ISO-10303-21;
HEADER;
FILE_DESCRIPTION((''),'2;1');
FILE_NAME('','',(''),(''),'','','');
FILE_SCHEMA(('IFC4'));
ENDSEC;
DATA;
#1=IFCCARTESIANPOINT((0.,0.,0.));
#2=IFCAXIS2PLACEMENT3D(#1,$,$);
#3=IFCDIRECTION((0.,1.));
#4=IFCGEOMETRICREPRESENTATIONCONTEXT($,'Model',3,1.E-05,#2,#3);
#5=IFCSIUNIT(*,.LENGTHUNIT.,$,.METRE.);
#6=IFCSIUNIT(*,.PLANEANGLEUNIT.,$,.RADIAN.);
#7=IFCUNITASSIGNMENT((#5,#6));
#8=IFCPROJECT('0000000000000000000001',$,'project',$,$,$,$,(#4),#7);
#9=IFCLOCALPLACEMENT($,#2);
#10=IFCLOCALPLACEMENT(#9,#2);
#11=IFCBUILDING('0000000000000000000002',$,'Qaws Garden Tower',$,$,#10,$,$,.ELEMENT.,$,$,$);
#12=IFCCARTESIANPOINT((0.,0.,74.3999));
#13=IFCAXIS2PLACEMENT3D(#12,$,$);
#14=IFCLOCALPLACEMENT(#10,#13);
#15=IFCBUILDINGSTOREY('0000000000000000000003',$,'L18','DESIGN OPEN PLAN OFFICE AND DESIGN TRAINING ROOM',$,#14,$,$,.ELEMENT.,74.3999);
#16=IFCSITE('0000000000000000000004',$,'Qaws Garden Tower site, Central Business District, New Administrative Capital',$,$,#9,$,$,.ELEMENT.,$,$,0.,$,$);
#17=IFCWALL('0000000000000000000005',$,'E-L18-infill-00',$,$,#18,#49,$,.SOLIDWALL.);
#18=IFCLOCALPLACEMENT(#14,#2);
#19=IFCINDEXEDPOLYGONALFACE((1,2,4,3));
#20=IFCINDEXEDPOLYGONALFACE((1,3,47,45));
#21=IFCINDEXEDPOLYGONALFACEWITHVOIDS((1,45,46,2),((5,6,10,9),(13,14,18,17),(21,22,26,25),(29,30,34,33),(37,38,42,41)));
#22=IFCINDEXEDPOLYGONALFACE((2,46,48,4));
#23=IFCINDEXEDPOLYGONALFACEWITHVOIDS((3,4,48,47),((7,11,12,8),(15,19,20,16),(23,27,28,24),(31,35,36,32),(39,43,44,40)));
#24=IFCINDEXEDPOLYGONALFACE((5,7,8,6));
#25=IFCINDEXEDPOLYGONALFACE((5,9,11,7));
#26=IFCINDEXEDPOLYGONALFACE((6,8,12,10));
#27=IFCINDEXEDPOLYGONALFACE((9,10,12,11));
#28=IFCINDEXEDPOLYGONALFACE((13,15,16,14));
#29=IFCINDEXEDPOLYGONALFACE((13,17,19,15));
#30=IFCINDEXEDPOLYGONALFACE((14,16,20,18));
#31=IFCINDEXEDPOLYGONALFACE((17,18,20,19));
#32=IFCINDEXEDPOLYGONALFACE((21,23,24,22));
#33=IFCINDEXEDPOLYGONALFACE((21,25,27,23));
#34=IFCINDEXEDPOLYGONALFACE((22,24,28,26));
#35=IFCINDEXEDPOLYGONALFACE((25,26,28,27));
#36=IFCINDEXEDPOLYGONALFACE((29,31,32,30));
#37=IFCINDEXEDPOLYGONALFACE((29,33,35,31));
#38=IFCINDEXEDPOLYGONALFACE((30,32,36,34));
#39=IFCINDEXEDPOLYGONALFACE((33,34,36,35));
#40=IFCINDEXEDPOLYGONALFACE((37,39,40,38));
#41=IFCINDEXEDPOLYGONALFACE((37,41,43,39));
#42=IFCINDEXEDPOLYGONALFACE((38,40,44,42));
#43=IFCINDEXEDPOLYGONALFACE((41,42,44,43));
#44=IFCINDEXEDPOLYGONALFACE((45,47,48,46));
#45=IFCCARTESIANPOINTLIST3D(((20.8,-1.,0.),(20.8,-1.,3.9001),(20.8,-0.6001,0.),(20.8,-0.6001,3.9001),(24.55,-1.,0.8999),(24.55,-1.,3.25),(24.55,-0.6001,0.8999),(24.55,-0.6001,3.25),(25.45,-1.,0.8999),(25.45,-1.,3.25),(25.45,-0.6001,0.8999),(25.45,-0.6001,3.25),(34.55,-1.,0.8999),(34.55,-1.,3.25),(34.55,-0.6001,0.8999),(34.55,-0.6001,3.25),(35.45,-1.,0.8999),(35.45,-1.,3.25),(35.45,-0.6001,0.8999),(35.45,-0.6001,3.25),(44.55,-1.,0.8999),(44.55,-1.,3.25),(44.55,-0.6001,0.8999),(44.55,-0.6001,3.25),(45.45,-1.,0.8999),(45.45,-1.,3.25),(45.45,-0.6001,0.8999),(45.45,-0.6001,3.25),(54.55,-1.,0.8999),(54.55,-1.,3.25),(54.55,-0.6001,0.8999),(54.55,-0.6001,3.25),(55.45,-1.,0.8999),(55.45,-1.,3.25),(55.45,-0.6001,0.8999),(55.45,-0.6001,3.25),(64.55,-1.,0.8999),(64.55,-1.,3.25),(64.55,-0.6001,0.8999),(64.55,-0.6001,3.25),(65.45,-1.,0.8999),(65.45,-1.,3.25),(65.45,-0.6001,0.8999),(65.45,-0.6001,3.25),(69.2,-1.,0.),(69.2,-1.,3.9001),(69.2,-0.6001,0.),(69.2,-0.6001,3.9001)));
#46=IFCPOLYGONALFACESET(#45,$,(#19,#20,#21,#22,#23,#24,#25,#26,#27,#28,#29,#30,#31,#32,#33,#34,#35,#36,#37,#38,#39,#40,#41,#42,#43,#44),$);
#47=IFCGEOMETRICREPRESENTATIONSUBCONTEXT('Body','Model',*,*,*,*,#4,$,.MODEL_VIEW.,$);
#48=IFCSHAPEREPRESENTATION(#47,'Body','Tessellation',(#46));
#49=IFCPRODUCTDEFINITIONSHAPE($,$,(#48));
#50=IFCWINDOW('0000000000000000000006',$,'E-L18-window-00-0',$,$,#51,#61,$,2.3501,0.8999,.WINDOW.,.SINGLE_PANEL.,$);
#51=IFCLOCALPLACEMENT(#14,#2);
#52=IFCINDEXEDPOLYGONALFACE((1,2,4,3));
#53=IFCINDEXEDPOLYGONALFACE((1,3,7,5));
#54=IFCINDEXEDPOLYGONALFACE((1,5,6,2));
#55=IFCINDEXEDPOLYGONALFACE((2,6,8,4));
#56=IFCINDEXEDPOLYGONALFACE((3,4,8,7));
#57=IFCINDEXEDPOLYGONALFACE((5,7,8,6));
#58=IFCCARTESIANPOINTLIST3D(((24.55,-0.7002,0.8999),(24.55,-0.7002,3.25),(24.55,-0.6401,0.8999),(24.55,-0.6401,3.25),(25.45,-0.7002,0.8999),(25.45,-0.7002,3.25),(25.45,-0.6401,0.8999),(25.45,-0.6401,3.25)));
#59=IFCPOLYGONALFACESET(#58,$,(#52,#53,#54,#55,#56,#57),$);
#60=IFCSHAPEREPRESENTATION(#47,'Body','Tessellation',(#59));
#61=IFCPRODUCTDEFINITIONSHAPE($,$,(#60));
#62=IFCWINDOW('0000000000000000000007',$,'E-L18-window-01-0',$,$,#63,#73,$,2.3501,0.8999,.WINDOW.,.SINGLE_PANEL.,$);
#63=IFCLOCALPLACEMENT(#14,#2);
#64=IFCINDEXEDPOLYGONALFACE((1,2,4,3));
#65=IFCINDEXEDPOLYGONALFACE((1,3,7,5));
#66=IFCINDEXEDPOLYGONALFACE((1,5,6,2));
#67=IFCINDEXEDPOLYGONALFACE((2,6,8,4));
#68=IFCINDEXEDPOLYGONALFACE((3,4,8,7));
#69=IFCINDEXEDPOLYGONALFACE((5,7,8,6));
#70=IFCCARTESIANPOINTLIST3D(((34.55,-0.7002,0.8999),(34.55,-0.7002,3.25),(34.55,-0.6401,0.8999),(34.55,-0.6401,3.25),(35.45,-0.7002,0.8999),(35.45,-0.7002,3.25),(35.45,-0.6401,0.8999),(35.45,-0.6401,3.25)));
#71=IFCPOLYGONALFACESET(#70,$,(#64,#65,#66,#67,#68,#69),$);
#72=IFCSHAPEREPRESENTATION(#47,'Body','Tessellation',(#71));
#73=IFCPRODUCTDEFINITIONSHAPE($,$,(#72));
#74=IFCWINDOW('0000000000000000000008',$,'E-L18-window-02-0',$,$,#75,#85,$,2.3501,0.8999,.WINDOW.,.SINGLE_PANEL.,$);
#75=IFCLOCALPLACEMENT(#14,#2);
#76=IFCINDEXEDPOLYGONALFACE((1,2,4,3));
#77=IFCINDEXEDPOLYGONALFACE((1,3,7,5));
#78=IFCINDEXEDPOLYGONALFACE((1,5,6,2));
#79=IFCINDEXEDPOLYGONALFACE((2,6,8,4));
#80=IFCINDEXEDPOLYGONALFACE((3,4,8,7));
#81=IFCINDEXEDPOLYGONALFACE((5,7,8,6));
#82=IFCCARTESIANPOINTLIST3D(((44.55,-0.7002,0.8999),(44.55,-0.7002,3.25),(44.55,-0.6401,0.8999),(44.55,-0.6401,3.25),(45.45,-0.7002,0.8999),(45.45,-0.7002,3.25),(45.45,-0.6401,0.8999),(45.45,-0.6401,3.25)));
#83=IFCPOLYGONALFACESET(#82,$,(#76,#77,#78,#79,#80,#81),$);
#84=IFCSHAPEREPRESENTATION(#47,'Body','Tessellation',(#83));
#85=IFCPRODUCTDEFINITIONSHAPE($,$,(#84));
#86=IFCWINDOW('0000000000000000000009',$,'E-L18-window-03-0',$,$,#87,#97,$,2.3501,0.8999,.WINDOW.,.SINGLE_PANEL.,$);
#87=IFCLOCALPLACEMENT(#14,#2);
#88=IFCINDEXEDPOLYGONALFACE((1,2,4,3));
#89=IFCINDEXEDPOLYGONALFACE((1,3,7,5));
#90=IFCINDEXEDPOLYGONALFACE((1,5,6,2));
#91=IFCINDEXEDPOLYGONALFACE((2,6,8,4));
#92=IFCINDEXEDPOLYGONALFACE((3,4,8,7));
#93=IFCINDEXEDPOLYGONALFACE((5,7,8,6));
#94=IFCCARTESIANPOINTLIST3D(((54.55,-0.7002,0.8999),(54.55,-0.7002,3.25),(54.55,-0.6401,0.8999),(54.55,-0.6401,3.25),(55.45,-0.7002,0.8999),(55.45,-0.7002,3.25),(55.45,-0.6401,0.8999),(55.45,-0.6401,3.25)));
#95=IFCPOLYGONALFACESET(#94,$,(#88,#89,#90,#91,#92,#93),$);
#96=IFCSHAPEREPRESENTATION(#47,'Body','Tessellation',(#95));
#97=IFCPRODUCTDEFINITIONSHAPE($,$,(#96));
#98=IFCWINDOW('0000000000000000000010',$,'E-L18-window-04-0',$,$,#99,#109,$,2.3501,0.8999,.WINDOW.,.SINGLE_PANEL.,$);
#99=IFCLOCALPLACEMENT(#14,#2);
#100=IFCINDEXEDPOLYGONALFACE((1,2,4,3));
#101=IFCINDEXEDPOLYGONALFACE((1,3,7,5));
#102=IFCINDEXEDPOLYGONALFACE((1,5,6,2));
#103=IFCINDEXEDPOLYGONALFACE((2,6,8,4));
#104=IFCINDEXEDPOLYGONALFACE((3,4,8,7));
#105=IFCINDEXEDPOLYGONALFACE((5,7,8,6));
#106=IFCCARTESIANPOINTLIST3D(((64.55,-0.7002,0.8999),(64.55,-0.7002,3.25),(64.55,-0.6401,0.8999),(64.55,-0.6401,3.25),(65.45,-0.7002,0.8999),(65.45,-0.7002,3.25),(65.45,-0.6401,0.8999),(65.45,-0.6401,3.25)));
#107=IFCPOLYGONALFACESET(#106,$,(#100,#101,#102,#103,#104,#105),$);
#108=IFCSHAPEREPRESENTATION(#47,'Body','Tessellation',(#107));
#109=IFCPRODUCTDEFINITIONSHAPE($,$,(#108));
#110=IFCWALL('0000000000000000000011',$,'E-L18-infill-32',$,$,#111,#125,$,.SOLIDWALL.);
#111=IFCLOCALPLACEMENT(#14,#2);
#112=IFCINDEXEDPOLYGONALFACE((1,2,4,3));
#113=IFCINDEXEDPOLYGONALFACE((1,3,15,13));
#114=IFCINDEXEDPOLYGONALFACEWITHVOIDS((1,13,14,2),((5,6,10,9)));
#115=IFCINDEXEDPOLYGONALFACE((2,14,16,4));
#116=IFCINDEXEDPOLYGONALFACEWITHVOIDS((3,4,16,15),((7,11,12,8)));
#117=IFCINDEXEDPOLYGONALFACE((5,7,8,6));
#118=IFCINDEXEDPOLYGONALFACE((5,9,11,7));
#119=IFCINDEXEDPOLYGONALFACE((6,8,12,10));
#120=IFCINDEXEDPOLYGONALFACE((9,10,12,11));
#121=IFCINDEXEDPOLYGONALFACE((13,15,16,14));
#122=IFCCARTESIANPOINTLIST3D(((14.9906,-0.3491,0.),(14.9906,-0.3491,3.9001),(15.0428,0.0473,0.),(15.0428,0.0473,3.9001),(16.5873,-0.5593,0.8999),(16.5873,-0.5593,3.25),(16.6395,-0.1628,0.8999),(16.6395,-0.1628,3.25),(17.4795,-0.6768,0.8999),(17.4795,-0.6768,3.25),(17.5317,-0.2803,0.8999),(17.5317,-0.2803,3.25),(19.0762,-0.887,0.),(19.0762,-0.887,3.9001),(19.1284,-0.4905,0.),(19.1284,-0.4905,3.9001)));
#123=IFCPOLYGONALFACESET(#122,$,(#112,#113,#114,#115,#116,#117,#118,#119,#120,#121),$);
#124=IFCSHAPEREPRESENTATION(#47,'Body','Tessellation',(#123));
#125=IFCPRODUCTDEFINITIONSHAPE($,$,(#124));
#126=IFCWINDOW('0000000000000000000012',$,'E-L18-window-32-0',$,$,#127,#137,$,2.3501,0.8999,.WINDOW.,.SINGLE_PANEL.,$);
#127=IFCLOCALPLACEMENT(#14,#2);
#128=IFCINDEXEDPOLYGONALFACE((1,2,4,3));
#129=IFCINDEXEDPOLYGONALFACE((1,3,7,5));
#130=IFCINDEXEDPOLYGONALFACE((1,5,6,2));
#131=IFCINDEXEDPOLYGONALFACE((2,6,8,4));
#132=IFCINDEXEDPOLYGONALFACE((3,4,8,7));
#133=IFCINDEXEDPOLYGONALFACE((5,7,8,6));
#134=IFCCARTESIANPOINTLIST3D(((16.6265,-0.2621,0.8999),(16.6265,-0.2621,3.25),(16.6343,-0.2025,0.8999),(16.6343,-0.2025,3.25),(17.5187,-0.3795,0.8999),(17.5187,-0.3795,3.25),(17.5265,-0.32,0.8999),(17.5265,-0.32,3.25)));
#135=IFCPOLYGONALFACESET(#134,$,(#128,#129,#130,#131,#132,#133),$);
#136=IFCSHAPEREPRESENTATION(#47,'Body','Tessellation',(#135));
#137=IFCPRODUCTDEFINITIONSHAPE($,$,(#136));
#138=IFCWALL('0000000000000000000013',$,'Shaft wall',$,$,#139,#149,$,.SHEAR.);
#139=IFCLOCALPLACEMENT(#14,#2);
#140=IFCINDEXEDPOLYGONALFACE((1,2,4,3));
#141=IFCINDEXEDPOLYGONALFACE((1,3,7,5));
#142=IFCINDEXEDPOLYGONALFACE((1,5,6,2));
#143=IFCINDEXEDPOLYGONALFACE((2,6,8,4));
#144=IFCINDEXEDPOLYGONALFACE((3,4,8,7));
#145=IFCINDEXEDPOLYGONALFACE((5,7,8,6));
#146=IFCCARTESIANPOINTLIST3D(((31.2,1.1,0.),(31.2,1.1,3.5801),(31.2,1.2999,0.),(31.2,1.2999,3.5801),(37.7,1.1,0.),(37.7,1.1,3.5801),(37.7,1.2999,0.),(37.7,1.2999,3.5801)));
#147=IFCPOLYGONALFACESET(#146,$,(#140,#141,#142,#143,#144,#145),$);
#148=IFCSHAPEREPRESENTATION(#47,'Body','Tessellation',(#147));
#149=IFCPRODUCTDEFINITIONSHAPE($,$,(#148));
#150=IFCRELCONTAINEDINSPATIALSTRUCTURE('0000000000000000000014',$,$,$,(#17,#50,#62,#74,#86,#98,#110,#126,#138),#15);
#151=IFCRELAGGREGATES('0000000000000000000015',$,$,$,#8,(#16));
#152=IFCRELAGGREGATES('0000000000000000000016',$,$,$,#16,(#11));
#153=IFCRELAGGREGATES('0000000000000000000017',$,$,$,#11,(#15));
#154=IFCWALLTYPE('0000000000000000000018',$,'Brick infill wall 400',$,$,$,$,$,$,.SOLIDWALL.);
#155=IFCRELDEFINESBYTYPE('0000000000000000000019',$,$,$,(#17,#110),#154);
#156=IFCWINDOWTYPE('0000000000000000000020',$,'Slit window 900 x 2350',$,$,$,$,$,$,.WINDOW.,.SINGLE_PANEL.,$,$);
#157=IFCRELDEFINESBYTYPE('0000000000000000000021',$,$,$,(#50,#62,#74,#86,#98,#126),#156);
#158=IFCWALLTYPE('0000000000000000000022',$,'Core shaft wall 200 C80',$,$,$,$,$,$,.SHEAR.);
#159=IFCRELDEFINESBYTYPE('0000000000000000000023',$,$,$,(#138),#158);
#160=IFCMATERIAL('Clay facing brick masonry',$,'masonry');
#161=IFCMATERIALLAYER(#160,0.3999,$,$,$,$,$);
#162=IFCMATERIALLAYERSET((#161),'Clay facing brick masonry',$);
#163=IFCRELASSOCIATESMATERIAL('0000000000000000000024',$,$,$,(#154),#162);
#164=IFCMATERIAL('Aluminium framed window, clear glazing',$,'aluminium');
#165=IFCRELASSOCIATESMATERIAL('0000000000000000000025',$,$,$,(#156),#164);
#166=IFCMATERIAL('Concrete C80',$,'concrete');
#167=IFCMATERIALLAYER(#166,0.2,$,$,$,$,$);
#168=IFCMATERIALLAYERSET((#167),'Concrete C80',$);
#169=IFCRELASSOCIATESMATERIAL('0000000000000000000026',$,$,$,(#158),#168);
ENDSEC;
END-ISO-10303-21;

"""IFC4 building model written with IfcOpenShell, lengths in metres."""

from ifc_helpers import new_model, si_unit, direction, frame, frame_2d, origin, place, context, subcontext, project, spatial, rectangle, extrude, material, layer, layer_set, type_object, element, fill, save


model = new_model("IFC4")

# Units and contexts
model_context = context("Model", 3, precision=1e-05, world=origin(), true_north=direction((0.0, 1.0)))
body_context = subcontext(model_context, "Body", "Model", "MODEL_VIEW")
ifc_project = project(units=[si_unit("LENGTHUNIT", "METRE"), si_unit("PLANEANGLEUNIT", "RADIAN")], contexts=[model_context])

# Site, building, storey
site_placement = place(None, origin())
site = spatial("IfcSite", under=ifc_project, at=site_placement, Name="Qaws Garden Tower site, Central Business District, New Administrative Capital", CompositionType="ELEMENT", RefElevation=0.0)
building_placement = place(site_placement, origin())
building = spatial("IfcBuilding", under=site, at=building_placement, Name="Qaws Garden Tower", CompositionType="ELEMENT")
storey_placement = place(building_placement, frame((0.0, 0.0, 74.3999)))
storey = spatial("IfcBuildingStorey", under=building, at=storey_placement, Name="L18", Description="DESIGN OPEN PLAN OFFICE AND DESIGN TRAINING ROOM", CompositionType="ELEMENT", Elevation=74.3999)

# Wall, openings, windows
ifc_material_1 = material(Name="Clay facing brick masonry", Category="masonry")
ifc_layer_1 = layer(ifc_material_1, 0.3999)
ifc_layer_set_1 = layer_set([ifc_layer_1], Name="Clay facing brick masonry")
wall_type_1 = type_object("IfcWallType", Name="Brick infill wall 400", PredefinedType="SOLIDWALL", material=ifc_layer_set_1)
wall_1_placement = place(storey_placement, frame((20.8, -0.8, 0.0), z_axis=(0.0, 0.0, 1.0), x_axis=(1.0, 0.0, 0.0)))
wall_1 = element("IfcWall", 1, at=wall_1_placement, inside=storey, type_object=wall_type_1, Name="E-L18-infill-00", PredefinedType="SOLIDWALL", context=body_context, shape_type="SweptSolid", body=[
    extrude(rectangle(XDim=48.3999, YDim=0.3999, at=frame_2d((24.2, 0.0))), origin(), (0.0, 0.0, 1.0), 3.9001),
])
opening_1_placement = place(wall_1_placement, frame((3.75, 0.0, 0.8999)))
opening_1 = element("IfcOpeningElement", 2, at=opening_1_placement, cuts=wall_1, PredefinedType="OPENING", context=body_context, shape_type="SweptSolid", body=[
    extrude(rectangle(XDim=0.8999, YDim=2.3501, at=frame_2d((0.45, 1.175))), frame((0.0, 0.21, 0.0), z_axis=(0.0, -1.0, 0.0), x_axis=(1.0, 0.0, 0.0)), (0.0, 0.0, 1.0), 0.4199),
])
opening_2_placement = place(wall_1_placement, frame((13.75, 0.0, 0.8999)))
opening_2 = element("IfcOpeningElement", 3, at=opening_2_placement, cuts=wall_1, PredefinedType="OPENING", context=body_context, shape_type="SweptSolid", body=[
    extrude(rectangle(XDim=0.8999, YDim=2.3501, at=frame_2d((0.45, 1.175))), frame((0.0, 0.21, 0.0), z_axis=(0.0, -1.0, 0.0), x_axis=(1.0, 0.0, 0.0)), (0.0, 0.0, 1.0), 0.4199),
])
opening_3_placement = place(wall_1_placement, frame((23.75, 0.0, 0.8999)))
opening_3 = element("IfcOpeningElement", 4, at=opening_3_placement, cuts=wall_1, PredefinedType="OPENING", context=body_context, shape_type="SweptSolid", body=[
    extrude(rectangle(XDim=0.8999, YDim=2.3501, at=frame_2d((0.45, 1.175))), frame((0.0, 0.21, 0.0), z_axis=(0.0, -1.0, 0.0), x_axis=(1.0, 0.0, 0.0)), (0.0, 0.0, 1.0), 0.4199),
])
opening_4_placement = place(wall_1_placement, frame((33.75, 0.0, 0.8999)))
opening_4 = element("IfcOpeningElement", 5, at=opening_4_placement, cuts=wall_1, PredefinedType="OPENING", context=body_context, shape_type="SweptSolid", body=[
    extrude(rectangle(XDim=0.8999, YDim=2.3501, at=frame_2d((0.45, 1.175))), frame((0.0, 0.21, 0.0), z_axis=(0.0, -1.0, 0.0), x_axis=(1.0, 0.0, 0.0)), (0.0, 0.0, 1.0), 0.4199),
])
opening_5_placement = place(wall_1_placement, frame((43.75, 0.0, 0.8999)))
opening_5 = element("IfcOpeningElement", 6, at=opening_5_placement, cuts=wall_1, PredefinedType="OPENING", context=body_context, shape_type="SweptSolid", body=[
    extrude(rectangle(XDim=0.8999, YDim=2.3501, at=frame_2d((0.45, 1.175))), frame((0.0, 0.21, 0.0), z_axis=(0.0, -1.0, 0.0), x_axis=(1.0, 0.0, 0.0)), (0.0, 0.0, 1.0), 0.4199),
])
ifc_material_2 = material(Name="Aluminium framed window, clear glazing", Category="aluminium")
window_type = type_object("IfcWindowType", Name="Slit window 900 x 2350", PartitioningType="SINGLE_PANEL", PredefinedType="WINDOW", material=ifc_material_2)
window_1_placement = place(opening_1_placement, origin())
window_1 = element("IfcWindow", 7, at=window_1_placement, inside=storey, type_object=window_type, Name="E-L18-window-00-0", OverallHeight=2.3501, OverallWidth=0.8999, PartitioningType="SINGLE_PANEL", PredefinedType="WINDOW", context=body_context, shape_type="SweptSolid", body=[
    extrude(rectangle(XDim=0.8999, YDim=2.3501, at=frame_2d((0.45, 1.175))), frame((0.0, 0.1599, 0.0), z_axis=(0.0, -1.0, 0.0), x_axis=(1.0, 0.0, 0.0)), (0.0, 0.0, 1.0), 0.0601),
])
fill(opening_1, window_1)
window_2_placement = place(opening_2_placement, origin())
window_2 = element("IfcWindow", 8, at=window_2_placement, inside=storey, type_object=window_type, Name="E-L18-window-01-0", OverallHeight=2.3501, OverallWidth=0.8999, PartitioningType="SINGLE_PANEL", PredefinedType="WINDOW", context=body_context, shape_type="SweptSolid", body=[
    extrude(rectangle(XDim=0.8999, YDim=2.3501, at=frame_2d((0.45, 1.175))), frame((0.0, 0.1599, 0.0), z_axis=(0.0, -1.0, 0.0), x_axis=(1.0, 0.0, 0.0)), (0.0, 0.0, 1.0), 0.0601),
])
fill(opening_2, window_2)
window_3_placement = place(opening_3_placement, origin())
window_3 = element("IfcWindow", 9, at=window_3_placement, inside=storey, type_object=window_type, Name="E-L18-window-02-0", OverallHeight=2.3501, OverallWidth=0.8999, PartitioningType="SINGLE_PANEL", PredefinedType="WINDOW", context=body_context, shape_type="SweptSolid", body=[
    extrude(rectangle(XDim=0.8999, YDim=2.3501, at=frame_2d((0.45, 1.175))), frame((0.0, 0.1599, 0.0), z_axis=(0.0, -1.0, 0.0), x_axis=(1.0, 0.0, 0.0)), (0.0, 0.0, 1.0), 0.0601),
])
fill(opening_3, window_3)
window_4_placement = place(opening_4_placement, origin())
window_4 = element("IfcWindow", 10, at=window_4_placement, inside=storey, type_object=window_type, Name="E-L18-window-03-0", OverallHeight=2.3501, OverallWidth=0.8999, PartitioningType="SINGLE_PANEL", PredefinedType="WINDOW", context=body_context, shape_type="SweptSolid", body=[
    extrude(rectangle(XDim=0.8999, YDim=2.3501, at=frame_2d((0.45, 1.175))), frame((0.0, 0.1599, 0.0), z_axis=(0.0, -1.0, 0.0), x_axis=(1.0, 0.0, 0.0)), (0.0, 0.0, 1.0), 0.0601),
])
fill(opening_4, window_4)
window_5_placement = place(opening_5_placement, origin())
window_5 = element("IfcWindow", 11, at=window_5_placement, inside=storey, type_object=window_type, Name="E-L18-window-04-0", OverallHeight=2.3501, OverallWidth=0.8999, PartitioningType="SINGLE_PANEL", PredefinedType="WINDOW", context=body_context, shape_type="SweptSolid", body=[
    extrude(rectangle(XDim=0.8999, YDim=2.3501, at=frame_2d((0.45, 1.175))), frame((0.0, 0.1599, 0.0), z_axis=(0.0, -1.0, 0.0), x_axis=(1.0, 0.0, 0.0)), (0.0, 0.0, 1.0), 0.0601),
])
fill(opening_5, window_5)

# Wall, opening, window
wall_2_placement = place(storey_placement, frame((15.0166, -0.1509, 0.0), z_axis=(0.0, 0.0, 1.0), x_axis=(0.991446, -0.130514, 0.0)))
wall_2 = element("IfcWall", 12, at=wall_2_placement, inside=storey, type_object=wall_type_1, Name="E-L18-infill-32", PredefinedType="SOLIDWALL", context=body_context, shape_type="SweptSolid", body=[
    extrude(rectangle(XDim=4.1208, YDim=0.3999, at=frame_2d((2.0605, 0.0))), origin(), (0.0, 0.0, 1.0), 3.9001),
])
opening_6_placement = place(wall_2_placement, frame((1.6106, 0.0, 0.8999)))
opening_6 = element("IfcOpeningElement", 13, at=opening_6_placement, cuts=wall_2, PredefinedType="OPENING", context=body_context, shape_type="SweptSolid", body=[
    extrude(rectangle(XDim=0.8999, YDim=2.3501, at=frame_2d((0.45, 1.175))), frame((0.0, 0.21, 0.0), z_axis=(0.0, -1.0, 0.0), x_axis=(1.0, 0.0, 0.0)), (0.0, 0.0, 1.0), 0.4199),
])
window_6_placement = place(opening_6_placement, origin())
window_6 = element("IfcWindow", 14, at=window_6_placement, inside=storey, type_object=window_type, Name="E-L18-window-32-0", OverallHeight=2.3501, OverallWidth=0.8999, PartitioningType="SINGLE_PANEL", PredefinedType="WINDOW", context=body_context, shape_type="SweptSolid", body=[
    extrude(rectangle(XDim=0.8999, YDim=2.3501, at=frame_2d((0.45, 1.175))), frame((0.0, 0.1599, 0.0), z_axis=(0.0, -1.0, 0.0), x_axis=(1.0, 0.0, 0.0)), (0.0, 0.0, 1.0), 0.0601),
])
fill(opening_6, window_6)

# Wall
ifc_material_3 = material(Name="Concrete C80", Category="concrete")
ifc_layer_2 = layer(ifc_material_3, 0.2)
ifc_layer_set_2 = layer_set([ifc_layer_2], Name="Concrete C80")
wall_type_2 = type_object("IfcWallType", Name="Core shaft wall 200 C80", PredefinedType="SHEAR", material=ifc_layer_set_2)
wall_3_placement = place(storey_placement, frame((31.2, 1.2, 0.0), z_axis=(0.0, 0.0, 1.0), x_axis=(1.0, 0.0, 0.0)))
element("IfcWall", 15, at=wall_3_placement, inside=storey, type_object=wall_type_2, Name="Shaft wall", PredefinedType="SHEAR", context=body_context, shape_type="SweptSolid", body=[
    extrude(rectangle(XDim=6.5, YDim=0.2, at=frame_2d((3.25, 0.0))), origin(), (0.0, 0.0, 1.0), 3.5801),
])

save(model, "model.ifc")
